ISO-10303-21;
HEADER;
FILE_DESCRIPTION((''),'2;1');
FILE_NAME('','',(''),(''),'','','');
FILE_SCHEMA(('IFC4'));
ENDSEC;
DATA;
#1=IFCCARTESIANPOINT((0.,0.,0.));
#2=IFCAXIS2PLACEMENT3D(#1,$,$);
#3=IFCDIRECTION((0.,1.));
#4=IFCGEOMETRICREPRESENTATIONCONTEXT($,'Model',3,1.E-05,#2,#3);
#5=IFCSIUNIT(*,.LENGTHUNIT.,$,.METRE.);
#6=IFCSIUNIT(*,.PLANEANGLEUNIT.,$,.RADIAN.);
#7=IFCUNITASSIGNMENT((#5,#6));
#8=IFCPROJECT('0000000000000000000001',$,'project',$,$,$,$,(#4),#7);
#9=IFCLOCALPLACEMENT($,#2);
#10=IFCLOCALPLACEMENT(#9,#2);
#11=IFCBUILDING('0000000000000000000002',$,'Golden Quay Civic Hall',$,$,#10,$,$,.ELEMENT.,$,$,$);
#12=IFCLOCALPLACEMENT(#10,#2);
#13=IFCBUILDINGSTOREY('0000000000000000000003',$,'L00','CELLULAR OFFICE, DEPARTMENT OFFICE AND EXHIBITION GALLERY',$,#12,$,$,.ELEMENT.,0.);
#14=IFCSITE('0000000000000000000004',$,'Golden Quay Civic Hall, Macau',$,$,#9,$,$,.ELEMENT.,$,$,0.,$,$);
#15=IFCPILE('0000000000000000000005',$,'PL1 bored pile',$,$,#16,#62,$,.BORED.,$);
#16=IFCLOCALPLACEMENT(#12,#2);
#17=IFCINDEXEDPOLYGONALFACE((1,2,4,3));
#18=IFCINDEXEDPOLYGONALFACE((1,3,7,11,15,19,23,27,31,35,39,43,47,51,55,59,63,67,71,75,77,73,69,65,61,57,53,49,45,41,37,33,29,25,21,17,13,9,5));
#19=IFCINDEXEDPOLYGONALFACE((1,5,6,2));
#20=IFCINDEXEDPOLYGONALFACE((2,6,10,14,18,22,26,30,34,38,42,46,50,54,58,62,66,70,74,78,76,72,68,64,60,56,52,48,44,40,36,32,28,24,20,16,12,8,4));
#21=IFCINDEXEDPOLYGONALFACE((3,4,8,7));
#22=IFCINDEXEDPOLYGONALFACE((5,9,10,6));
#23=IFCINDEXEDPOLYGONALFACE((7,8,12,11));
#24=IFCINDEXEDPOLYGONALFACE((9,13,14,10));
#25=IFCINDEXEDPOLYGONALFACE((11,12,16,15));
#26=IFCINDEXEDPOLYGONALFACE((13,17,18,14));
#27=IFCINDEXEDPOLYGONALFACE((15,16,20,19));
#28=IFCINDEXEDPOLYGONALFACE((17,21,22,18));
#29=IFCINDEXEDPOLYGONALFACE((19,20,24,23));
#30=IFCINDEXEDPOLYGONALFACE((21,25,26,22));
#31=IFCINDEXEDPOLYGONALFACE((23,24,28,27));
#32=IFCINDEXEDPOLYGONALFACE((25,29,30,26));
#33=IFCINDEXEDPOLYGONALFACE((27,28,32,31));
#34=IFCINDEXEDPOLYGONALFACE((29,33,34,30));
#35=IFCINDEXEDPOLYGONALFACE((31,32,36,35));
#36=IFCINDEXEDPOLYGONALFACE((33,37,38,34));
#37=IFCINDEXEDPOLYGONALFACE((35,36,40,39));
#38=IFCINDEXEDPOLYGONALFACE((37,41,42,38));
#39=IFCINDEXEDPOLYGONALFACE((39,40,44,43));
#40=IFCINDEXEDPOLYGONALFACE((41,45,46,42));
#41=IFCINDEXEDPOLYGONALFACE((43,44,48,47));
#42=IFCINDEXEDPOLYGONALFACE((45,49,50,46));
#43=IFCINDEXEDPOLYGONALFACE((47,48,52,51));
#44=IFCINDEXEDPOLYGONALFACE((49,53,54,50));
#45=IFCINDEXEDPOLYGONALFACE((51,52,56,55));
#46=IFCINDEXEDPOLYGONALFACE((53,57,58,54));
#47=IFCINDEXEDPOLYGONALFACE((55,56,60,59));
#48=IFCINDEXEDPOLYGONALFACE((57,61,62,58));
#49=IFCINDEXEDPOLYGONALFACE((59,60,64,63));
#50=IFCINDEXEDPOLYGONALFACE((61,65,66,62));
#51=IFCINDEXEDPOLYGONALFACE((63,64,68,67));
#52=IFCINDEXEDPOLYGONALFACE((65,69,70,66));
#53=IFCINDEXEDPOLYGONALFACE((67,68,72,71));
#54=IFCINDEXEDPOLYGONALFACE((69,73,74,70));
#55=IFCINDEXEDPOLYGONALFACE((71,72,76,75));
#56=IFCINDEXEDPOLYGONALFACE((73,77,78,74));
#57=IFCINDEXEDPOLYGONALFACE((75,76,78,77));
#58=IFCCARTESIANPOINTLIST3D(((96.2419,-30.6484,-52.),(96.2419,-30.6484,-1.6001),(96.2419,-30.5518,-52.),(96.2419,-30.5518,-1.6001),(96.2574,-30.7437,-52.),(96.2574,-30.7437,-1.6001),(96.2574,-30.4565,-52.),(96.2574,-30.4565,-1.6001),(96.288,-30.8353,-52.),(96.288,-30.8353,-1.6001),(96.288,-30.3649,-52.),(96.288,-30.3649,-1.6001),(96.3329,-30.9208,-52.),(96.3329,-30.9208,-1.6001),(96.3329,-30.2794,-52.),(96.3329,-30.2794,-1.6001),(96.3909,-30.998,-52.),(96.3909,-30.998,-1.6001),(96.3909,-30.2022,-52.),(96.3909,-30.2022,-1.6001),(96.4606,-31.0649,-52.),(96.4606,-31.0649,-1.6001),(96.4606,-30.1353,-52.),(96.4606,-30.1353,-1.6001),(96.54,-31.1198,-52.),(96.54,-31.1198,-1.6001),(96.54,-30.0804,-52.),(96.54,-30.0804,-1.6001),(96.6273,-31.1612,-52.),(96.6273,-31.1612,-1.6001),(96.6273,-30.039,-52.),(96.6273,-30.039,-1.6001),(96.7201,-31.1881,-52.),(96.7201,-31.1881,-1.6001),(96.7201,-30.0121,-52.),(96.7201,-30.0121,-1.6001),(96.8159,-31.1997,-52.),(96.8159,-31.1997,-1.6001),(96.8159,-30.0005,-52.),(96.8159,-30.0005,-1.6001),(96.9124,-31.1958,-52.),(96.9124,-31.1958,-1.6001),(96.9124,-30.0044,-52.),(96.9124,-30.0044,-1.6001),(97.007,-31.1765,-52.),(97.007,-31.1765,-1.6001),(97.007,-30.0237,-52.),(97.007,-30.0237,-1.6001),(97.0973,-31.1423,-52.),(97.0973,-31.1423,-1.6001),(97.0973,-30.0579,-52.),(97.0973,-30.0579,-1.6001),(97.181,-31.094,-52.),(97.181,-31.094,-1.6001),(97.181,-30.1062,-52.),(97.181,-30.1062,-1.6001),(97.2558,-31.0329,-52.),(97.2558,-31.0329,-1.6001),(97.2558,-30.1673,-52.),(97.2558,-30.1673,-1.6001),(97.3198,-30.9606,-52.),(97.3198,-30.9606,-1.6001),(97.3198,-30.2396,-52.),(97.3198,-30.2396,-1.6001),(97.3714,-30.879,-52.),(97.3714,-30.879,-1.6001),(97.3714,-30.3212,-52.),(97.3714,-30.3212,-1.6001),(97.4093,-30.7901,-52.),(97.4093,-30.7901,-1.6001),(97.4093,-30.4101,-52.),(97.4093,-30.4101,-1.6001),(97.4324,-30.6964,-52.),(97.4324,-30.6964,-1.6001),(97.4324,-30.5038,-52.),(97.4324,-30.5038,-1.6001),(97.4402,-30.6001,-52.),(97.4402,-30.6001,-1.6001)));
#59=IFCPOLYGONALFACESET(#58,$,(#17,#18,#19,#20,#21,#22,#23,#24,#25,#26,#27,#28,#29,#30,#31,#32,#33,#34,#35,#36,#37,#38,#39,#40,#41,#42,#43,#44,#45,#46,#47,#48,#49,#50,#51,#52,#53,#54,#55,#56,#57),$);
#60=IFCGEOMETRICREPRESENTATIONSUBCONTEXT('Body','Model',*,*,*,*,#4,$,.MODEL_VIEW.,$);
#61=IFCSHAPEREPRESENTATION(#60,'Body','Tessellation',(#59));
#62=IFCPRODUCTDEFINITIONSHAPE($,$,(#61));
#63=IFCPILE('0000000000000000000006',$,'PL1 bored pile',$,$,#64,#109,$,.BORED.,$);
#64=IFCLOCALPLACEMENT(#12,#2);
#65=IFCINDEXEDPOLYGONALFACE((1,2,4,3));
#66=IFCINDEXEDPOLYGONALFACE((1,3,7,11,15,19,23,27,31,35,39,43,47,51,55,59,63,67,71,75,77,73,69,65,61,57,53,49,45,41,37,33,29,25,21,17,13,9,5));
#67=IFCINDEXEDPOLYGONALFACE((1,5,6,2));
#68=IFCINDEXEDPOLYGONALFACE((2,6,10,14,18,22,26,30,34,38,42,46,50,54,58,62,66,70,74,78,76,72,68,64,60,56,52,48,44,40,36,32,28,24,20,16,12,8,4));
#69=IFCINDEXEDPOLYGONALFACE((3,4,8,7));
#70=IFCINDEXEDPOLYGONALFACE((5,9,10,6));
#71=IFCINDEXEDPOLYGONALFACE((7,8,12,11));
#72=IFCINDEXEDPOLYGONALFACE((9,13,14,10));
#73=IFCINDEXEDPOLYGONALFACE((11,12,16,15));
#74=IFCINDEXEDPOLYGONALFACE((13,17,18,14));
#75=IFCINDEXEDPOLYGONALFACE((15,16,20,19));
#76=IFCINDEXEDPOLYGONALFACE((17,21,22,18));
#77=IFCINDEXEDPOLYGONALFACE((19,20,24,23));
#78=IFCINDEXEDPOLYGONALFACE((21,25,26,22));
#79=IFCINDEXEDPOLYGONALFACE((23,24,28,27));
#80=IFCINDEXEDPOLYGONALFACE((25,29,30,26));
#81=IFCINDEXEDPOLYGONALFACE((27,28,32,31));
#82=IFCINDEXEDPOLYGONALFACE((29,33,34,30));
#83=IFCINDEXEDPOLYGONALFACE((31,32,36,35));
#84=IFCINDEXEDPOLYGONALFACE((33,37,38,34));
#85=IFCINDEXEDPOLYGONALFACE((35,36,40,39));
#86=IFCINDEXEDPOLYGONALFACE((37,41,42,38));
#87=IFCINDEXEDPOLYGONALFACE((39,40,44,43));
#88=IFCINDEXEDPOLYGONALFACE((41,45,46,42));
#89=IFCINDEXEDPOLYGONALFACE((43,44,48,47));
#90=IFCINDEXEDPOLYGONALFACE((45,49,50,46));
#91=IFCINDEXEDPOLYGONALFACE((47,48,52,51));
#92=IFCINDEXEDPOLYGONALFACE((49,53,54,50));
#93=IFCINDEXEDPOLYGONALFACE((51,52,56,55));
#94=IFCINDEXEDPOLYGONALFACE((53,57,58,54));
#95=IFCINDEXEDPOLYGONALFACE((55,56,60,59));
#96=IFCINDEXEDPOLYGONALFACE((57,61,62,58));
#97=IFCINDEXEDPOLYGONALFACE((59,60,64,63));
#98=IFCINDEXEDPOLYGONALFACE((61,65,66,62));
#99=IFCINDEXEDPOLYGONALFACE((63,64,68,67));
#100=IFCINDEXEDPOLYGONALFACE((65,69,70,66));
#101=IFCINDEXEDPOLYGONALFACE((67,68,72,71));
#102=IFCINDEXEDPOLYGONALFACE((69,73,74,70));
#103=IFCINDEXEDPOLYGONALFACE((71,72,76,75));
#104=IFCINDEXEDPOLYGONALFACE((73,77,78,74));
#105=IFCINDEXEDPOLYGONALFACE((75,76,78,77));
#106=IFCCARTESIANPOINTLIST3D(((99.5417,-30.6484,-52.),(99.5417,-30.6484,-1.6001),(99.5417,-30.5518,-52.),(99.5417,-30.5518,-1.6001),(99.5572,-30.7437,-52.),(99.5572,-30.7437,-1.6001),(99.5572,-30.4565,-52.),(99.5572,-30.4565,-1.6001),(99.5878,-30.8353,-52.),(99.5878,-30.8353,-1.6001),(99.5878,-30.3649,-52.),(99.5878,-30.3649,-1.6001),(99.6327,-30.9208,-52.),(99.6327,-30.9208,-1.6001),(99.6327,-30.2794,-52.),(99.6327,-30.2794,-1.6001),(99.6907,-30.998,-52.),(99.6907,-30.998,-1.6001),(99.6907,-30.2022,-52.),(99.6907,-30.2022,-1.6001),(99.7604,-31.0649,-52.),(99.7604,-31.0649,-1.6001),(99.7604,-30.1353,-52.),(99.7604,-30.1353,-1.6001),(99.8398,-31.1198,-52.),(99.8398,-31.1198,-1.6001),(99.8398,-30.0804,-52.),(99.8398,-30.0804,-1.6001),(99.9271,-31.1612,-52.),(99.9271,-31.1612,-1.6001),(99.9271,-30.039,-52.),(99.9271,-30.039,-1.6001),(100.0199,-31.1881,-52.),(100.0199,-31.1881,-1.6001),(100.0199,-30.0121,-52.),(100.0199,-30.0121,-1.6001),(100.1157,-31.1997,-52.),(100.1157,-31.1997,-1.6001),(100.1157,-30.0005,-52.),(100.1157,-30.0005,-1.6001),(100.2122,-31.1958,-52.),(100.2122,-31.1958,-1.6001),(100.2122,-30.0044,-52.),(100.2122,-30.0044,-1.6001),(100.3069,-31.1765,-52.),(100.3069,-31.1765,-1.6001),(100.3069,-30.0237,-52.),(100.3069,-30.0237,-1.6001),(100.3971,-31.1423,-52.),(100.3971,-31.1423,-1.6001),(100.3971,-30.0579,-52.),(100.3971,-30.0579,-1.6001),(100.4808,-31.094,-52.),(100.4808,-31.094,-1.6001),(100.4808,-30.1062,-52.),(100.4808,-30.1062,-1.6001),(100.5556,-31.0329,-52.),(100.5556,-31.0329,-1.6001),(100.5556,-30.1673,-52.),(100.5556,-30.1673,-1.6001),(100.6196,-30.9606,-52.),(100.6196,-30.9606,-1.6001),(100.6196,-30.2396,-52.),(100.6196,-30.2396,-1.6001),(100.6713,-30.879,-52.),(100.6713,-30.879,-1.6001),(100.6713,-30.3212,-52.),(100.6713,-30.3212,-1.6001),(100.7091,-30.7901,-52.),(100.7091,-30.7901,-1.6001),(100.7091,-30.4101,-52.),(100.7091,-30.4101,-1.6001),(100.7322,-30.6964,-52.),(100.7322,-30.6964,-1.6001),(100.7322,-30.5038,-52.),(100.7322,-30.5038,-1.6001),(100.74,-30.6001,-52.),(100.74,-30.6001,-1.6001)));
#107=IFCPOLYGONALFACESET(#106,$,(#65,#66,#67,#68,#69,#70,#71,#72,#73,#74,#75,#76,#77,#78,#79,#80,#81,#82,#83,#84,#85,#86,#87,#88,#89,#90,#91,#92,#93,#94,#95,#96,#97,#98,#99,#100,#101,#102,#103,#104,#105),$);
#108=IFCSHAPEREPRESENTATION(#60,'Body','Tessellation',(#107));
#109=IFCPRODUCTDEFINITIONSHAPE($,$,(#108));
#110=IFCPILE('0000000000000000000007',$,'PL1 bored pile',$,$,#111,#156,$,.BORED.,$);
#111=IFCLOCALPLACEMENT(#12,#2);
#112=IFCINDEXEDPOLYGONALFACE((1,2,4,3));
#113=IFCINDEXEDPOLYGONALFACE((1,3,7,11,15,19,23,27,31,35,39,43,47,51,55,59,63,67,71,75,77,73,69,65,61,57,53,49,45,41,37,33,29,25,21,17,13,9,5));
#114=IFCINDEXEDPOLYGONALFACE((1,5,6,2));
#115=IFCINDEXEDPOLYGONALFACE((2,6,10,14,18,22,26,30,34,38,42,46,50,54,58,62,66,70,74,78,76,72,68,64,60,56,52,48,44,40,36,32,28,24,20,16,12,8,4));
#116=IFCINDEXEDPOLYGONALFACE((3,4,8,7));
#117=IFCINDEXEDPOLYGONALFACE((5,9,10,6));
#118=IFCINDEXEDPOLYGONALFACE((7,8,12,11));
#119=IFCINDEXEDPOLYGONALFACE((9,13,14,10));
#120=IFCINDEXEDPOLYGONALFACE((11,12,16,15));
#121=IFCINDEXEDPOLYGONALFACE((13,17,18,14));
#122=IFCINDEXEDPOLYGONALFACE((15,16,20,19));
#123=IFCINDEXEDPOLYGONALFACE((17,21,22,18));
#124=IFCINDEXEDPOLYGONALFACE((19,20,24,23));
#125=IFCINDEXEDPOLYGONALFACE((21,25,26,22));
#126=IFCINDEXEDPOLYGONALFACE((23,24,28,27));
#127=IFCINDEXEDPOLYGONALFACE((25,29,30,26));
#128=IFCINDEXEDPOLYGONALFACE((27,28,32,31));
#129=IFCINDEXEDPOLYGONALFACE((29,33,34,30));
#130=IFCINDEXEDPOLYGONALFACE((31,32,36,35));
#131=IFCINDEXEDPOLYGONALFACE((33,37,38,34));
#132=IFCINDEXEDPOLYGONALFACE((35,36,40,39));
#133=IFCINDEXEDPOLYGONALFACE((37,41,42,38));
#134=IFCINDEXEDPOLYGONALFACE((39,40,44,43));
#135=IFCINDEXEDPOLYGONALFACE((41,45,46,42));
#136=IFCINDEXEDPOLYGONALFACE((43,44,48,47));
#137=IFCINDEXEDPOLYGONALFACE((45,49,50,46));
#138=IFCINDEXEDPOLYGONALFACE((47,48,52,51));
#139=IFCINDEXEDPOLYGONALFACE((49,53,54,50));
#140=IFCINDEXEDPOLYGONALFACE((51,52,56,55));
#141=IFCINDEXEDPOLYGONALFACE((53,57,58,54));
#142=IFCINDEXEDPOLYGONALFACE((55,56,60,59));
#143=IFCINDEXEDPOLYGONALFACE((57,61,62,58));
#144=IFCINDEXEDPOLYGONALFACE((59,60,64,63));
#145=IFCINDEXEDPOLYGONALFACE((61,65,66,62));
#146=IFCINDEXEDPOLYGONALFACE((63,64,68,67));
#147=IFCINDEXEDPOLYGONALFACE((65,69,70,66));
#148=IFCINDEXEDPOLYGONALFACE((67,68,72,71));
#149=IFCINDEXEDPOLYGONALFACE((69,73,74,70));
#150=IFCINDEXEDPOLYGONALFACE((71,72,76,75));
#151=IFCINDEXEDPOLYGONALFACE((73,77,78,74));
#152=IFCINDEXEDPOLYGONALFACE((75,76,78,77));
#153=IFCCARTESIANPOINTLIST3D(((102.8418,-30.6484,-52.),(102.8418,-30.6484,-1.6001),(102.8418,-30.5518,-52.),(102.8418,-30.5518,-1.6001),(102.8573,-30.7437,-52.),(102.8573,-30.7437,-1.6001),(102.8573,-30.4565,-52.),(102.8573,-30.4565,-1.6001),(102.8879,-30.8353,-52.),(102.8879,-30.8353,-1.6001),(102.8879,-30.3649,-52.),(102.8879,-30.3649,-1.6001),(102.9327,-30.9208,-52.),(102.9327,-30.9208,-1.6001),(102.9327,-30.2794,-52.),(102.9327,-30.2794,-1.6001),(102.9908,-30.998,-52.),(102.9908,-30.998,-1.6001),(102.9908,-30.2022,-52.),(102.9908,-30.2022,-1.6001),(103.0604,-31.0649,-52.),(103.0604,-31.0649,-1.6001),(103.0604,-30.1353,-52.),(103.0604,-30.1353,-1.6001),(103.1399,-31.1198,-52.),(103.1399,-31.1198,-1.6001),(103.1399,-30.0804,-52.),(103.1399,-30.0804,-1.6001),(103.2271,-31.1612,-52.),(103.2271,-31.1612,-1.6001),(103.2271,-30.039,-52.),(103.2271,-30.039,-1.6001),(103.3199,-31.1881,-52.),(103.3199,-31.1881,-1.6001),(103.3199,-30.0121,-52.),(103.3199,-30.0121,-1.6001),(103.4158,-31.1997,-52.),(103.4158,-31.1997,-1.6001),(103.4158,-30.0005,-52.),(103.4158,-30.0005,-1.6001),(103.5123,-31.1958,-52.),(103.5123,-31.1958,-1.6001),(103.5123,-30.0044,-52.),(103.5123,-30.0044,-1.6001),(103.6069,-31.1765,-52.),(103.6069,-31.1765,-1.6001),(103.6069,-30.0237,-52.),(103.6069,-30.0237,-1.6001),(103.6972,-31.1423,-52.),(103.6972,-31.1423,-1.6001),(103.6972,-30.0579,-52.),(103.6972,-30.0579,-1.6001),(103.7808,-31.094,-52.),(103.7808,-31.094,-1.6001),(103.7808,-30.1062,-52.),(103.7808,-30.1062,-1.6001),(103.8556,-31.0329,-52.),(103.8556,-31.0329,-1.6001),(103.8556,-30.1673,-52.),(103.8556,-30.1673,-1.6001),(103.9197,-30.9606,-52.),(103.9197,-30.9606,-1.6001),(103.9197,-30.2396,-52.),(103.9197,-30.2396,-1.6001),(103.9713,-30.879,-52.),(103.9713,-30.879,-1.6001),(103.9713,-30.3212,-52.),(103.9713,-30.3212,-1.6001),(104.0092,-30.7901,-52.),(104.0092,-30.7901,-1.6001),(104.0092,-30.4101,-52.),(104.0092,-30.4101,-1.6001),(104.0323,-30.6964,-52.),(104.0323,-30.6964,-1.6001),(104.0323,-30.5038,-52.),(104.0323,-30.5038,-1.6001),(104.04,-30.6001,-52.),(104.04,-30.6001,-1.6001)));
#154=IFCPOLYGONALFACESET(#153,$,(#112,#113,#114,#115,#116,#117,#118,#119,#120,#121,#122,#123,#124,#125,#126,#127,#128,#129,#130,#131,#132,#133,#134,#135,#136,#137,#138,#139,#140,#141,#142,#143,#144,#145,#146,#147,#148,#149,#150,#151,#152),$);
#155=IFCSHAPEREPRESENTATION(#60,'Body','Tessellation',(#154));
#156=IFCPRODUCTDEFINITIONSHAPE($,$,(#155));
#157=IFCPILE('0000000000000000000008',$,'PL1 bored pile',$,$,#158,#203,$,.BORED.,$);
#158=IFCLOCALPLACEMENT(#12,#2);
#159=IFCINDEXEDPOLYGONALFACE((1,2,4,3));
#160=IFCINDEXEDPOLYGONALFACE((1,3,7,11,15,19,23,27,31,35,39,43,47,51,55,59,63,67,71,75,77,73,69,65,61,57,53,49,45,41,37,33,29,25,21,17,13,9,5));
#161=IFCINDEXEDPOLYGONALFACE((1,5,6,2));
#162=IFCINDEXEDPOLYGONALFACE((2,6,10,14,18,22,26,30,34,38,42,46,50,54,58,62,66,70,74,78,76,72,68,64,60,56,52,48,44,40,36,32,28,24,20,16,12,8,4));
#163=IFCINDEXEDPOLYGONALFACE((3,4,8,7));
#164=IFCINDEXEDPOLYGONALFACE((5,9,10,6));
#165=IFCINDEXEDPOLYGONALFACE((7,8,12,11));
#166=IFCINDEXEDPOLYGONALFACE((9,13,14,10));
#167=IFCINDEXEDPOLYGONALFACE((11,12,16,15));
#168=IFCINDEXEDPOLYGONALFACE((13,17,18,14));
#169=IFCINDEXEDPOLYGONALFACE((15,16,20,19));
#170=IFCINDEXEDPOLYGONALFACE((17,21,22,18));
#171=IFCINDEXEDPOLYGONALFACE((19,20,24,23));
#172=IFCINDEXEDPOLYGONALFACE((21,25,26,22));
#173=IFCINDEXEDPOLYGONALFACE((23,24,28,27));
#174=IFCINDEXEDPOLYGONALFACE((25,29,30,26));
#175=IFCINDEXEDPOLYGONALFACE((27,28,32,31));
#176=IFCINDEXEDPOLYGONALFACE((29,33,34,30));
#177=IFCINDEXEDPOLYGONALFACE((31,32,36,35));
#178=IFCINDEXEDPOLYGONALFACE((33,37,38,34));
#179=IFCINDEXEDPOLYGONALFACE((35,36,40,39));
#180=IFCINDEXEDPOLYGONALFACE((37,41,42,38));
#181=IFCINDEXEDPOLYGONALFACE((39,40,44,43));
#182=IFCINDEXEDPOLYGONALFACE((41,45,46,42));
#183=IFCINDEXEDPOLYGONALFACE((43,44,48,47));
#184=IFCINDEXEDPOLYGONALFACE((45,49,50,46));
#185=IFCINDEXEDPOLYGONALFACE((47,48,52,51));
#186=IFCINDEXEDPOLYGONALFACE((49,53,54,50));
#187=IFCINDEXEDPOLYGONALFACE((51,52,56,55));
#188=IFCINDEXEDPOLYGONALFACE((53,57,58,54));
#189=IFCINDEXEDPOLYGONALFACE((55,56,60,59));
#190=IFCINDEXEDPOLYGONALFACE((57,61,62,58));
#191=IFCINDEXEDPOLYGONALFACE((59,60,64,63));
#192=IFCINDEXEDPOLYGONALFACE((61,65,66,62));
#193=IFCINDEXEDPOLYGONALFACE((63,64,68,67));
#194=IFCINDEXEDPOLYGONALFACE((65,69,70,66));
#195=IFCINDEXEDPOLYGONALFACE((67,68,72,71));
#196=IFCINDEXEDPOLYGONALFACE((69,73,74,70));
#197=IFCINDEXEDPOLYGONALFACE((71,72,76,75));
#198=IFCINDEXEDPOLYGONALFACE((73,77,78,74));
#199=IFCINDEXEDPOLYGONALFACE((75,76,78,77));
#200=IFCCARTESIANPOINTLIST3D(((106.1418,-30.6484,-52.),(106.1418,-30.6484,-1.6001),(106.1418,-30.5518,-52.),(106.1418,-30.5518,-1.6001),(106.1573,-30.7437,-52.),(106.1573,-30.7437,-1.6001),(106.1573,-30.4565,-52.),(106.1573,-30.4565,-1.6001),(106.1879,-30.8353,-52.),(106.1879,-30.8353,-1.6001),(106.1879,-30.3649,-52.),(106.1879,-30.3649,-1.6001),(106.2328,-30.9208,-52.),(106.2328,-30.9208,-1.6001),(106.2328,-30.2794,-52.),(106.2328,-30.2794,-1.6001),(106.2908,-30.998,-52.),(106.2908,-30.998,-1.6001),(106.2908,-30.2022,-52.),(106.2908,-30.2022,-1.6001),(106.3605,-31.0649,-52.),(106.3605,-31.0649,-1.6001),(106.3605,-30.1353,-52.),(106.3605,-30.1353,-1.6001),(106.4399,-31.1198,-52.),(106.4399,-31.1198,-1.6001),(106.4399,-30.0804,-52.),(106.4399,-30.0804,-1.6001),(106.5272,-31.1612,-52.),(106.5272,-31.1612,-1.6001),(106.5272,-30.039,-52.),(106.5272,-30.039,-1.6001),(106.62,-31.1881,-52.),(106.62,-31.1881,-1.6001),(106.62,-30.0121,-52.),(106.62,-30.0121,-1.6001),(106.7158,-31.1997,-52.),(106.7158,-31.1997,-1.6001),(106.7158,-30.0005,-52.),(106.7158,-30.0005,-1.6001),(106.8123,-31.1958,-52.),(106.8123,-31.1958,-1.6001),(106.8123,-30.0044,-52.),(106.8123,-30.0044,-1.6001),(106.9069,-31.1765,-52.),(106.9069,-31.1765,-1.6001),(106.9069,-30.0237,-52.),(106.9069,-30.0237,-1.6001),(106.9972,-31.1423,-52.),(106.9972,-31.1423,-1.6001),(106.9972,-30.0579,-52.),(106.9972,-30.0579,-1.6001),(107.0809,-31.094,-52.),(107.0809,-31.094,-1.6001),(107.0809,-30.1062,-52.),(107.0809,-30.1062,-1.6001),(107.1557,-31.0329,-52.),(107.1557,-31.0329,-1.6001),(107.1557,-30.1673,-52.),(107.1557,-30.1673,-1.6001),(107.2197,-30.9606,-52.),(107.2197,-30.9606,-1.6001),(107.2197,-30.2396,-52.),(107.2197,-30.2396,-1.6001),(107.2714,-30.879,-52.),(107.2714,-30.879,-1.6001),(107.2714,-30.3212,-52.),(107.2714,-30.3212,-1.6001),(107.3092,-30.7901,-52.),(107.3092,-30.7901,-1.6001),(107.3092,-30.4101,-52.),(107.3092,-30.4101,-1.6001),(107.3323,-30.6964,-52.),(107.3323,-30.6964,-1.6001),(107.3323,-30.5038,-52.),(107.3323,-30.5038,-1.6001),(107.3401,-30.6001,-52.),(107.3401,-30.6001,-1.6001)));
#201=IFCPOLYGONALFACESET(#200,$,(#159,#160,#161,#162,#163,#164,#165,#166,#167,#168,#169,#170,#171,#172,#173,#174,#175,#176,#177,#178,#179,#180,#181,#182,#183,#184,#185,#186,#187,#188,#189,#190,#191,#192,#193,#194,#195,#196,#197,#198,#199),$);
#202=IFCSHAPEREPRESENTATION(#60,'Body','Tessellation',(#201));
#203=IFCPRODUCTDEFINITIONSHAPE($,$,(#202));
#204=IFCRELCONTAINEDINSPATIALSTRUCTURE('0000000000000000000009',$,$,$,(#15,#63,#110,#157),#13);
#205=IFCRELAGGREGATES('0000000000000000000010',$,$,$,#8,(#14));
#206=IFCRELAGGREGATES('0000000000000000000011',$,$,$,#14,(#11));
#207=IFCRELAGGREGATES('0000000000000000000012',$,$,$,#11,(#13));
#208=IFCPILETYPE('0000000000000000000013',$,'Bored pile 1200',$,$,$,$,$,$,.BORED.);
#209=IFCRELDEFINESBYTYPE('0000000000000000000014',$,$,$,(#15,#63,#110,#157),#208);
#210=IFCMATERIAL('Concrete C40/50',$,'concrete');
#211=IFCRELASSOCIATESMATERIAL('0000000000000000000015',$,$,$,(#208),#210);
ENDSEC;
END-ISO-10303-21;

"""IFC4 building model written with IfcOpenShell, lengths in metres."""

from ifc_helpers import new_model, si_unit, direction, frame, origin, origin_2d, place, context, subcontext, project, spatial, circle, extrude, material, material_profile, profile_set, type_object, element, save


model = new_model("IFC4")

# Units and contexts
model_context = context("Model", 3, precision=1e-05, world=origin(), true_north=direction((0.0, 1.0)))
body_context = subcontext(model_context, "Body", "Model", "MODEL_VIEW")
ifc_project = project(units=[si_unit("LENGTHUNIT", "METRE"), si_unit("PLANEANGLEUNIT", "RADIAN")], contexts=[model_context])

# Site, building, storey
site_placement = place(None, origin())
site = spatial("IfcSite", under=ifc_project, at=site_placement, Name="Golden Quay Civic Hall, Macau", CompositionType="ELEMENT", RefElevation=0.0)
building_placement = place(site_placement, origin())
building = spatial("IfcBuilding", under=site, at=building_placement, Name="Golden Quay Civic Hall", CompositionType="ELEMENT")
storey_placement = place(building_placement, origin())
storey = spatial("IfcBuildingStorey", under=building, at=storey_placement, Name="L00", Description="CELLULAR OFFICE, DEPARTMENT OFFICE AND EXHIBITION GALLERY", CompositionType="ELEMENT", Elevation=0.0)

# Piles
ifc_material_1 = material(Name="Concrete C40/50", Category="concrete")
ifc_material_profile_1 = material_profile(ifc_material_1, circle(Radius=0.6001, at=origin_2d()), Name="RC D1200")
ifc_profile_set_1 = profile_set([ifc_material_profile_1], Name="Concrete C40/50")
pile_type = type_object("IfcPileType", Name="Bored pile 1200", PredefinedType="BORED", material=ifc_profile_set_1)
for number, where, z_axis, x_axis, name in (
    (1, (96.8401, -30.6001, -1.6001), (0.0, 0.0, -1.0), (1.0, 0.0, 0.0), "PL1 bored pile"),
    (2, (100.1399, -30.6001, -1.6001), (0.0, 0.0, -1.0), (1.0, 0.0, 0.0), "PL1 bored pile"),
    (3, (103.4399, -30.6001, -1.6001), (0.0, 0.0, -1.0), (1.0, 0.0, 0.0), "PL1 bored pile"),
    (4, (106.74, -30.6001, -1.6001), (0.0, 0.0, -1.0), (1.0, 0.0, 0.0), "PL1 bored pile"),
):
    element("IfcPile", number, at=place(storey_placement, frame(where, z_axis=z_axis, x_axis=x_axis)), inside=storey, type_object=pile_type, Name=name, PredefinedType="BORED", context=body_context, shape_type="SweptSolid", body=[
        extrude(circle(Radius=0.6001, at=origin_2d()), origin(), (0.0, 0.0, 1.0), 50.3999),
    ])

save(model, "model.ifc")
